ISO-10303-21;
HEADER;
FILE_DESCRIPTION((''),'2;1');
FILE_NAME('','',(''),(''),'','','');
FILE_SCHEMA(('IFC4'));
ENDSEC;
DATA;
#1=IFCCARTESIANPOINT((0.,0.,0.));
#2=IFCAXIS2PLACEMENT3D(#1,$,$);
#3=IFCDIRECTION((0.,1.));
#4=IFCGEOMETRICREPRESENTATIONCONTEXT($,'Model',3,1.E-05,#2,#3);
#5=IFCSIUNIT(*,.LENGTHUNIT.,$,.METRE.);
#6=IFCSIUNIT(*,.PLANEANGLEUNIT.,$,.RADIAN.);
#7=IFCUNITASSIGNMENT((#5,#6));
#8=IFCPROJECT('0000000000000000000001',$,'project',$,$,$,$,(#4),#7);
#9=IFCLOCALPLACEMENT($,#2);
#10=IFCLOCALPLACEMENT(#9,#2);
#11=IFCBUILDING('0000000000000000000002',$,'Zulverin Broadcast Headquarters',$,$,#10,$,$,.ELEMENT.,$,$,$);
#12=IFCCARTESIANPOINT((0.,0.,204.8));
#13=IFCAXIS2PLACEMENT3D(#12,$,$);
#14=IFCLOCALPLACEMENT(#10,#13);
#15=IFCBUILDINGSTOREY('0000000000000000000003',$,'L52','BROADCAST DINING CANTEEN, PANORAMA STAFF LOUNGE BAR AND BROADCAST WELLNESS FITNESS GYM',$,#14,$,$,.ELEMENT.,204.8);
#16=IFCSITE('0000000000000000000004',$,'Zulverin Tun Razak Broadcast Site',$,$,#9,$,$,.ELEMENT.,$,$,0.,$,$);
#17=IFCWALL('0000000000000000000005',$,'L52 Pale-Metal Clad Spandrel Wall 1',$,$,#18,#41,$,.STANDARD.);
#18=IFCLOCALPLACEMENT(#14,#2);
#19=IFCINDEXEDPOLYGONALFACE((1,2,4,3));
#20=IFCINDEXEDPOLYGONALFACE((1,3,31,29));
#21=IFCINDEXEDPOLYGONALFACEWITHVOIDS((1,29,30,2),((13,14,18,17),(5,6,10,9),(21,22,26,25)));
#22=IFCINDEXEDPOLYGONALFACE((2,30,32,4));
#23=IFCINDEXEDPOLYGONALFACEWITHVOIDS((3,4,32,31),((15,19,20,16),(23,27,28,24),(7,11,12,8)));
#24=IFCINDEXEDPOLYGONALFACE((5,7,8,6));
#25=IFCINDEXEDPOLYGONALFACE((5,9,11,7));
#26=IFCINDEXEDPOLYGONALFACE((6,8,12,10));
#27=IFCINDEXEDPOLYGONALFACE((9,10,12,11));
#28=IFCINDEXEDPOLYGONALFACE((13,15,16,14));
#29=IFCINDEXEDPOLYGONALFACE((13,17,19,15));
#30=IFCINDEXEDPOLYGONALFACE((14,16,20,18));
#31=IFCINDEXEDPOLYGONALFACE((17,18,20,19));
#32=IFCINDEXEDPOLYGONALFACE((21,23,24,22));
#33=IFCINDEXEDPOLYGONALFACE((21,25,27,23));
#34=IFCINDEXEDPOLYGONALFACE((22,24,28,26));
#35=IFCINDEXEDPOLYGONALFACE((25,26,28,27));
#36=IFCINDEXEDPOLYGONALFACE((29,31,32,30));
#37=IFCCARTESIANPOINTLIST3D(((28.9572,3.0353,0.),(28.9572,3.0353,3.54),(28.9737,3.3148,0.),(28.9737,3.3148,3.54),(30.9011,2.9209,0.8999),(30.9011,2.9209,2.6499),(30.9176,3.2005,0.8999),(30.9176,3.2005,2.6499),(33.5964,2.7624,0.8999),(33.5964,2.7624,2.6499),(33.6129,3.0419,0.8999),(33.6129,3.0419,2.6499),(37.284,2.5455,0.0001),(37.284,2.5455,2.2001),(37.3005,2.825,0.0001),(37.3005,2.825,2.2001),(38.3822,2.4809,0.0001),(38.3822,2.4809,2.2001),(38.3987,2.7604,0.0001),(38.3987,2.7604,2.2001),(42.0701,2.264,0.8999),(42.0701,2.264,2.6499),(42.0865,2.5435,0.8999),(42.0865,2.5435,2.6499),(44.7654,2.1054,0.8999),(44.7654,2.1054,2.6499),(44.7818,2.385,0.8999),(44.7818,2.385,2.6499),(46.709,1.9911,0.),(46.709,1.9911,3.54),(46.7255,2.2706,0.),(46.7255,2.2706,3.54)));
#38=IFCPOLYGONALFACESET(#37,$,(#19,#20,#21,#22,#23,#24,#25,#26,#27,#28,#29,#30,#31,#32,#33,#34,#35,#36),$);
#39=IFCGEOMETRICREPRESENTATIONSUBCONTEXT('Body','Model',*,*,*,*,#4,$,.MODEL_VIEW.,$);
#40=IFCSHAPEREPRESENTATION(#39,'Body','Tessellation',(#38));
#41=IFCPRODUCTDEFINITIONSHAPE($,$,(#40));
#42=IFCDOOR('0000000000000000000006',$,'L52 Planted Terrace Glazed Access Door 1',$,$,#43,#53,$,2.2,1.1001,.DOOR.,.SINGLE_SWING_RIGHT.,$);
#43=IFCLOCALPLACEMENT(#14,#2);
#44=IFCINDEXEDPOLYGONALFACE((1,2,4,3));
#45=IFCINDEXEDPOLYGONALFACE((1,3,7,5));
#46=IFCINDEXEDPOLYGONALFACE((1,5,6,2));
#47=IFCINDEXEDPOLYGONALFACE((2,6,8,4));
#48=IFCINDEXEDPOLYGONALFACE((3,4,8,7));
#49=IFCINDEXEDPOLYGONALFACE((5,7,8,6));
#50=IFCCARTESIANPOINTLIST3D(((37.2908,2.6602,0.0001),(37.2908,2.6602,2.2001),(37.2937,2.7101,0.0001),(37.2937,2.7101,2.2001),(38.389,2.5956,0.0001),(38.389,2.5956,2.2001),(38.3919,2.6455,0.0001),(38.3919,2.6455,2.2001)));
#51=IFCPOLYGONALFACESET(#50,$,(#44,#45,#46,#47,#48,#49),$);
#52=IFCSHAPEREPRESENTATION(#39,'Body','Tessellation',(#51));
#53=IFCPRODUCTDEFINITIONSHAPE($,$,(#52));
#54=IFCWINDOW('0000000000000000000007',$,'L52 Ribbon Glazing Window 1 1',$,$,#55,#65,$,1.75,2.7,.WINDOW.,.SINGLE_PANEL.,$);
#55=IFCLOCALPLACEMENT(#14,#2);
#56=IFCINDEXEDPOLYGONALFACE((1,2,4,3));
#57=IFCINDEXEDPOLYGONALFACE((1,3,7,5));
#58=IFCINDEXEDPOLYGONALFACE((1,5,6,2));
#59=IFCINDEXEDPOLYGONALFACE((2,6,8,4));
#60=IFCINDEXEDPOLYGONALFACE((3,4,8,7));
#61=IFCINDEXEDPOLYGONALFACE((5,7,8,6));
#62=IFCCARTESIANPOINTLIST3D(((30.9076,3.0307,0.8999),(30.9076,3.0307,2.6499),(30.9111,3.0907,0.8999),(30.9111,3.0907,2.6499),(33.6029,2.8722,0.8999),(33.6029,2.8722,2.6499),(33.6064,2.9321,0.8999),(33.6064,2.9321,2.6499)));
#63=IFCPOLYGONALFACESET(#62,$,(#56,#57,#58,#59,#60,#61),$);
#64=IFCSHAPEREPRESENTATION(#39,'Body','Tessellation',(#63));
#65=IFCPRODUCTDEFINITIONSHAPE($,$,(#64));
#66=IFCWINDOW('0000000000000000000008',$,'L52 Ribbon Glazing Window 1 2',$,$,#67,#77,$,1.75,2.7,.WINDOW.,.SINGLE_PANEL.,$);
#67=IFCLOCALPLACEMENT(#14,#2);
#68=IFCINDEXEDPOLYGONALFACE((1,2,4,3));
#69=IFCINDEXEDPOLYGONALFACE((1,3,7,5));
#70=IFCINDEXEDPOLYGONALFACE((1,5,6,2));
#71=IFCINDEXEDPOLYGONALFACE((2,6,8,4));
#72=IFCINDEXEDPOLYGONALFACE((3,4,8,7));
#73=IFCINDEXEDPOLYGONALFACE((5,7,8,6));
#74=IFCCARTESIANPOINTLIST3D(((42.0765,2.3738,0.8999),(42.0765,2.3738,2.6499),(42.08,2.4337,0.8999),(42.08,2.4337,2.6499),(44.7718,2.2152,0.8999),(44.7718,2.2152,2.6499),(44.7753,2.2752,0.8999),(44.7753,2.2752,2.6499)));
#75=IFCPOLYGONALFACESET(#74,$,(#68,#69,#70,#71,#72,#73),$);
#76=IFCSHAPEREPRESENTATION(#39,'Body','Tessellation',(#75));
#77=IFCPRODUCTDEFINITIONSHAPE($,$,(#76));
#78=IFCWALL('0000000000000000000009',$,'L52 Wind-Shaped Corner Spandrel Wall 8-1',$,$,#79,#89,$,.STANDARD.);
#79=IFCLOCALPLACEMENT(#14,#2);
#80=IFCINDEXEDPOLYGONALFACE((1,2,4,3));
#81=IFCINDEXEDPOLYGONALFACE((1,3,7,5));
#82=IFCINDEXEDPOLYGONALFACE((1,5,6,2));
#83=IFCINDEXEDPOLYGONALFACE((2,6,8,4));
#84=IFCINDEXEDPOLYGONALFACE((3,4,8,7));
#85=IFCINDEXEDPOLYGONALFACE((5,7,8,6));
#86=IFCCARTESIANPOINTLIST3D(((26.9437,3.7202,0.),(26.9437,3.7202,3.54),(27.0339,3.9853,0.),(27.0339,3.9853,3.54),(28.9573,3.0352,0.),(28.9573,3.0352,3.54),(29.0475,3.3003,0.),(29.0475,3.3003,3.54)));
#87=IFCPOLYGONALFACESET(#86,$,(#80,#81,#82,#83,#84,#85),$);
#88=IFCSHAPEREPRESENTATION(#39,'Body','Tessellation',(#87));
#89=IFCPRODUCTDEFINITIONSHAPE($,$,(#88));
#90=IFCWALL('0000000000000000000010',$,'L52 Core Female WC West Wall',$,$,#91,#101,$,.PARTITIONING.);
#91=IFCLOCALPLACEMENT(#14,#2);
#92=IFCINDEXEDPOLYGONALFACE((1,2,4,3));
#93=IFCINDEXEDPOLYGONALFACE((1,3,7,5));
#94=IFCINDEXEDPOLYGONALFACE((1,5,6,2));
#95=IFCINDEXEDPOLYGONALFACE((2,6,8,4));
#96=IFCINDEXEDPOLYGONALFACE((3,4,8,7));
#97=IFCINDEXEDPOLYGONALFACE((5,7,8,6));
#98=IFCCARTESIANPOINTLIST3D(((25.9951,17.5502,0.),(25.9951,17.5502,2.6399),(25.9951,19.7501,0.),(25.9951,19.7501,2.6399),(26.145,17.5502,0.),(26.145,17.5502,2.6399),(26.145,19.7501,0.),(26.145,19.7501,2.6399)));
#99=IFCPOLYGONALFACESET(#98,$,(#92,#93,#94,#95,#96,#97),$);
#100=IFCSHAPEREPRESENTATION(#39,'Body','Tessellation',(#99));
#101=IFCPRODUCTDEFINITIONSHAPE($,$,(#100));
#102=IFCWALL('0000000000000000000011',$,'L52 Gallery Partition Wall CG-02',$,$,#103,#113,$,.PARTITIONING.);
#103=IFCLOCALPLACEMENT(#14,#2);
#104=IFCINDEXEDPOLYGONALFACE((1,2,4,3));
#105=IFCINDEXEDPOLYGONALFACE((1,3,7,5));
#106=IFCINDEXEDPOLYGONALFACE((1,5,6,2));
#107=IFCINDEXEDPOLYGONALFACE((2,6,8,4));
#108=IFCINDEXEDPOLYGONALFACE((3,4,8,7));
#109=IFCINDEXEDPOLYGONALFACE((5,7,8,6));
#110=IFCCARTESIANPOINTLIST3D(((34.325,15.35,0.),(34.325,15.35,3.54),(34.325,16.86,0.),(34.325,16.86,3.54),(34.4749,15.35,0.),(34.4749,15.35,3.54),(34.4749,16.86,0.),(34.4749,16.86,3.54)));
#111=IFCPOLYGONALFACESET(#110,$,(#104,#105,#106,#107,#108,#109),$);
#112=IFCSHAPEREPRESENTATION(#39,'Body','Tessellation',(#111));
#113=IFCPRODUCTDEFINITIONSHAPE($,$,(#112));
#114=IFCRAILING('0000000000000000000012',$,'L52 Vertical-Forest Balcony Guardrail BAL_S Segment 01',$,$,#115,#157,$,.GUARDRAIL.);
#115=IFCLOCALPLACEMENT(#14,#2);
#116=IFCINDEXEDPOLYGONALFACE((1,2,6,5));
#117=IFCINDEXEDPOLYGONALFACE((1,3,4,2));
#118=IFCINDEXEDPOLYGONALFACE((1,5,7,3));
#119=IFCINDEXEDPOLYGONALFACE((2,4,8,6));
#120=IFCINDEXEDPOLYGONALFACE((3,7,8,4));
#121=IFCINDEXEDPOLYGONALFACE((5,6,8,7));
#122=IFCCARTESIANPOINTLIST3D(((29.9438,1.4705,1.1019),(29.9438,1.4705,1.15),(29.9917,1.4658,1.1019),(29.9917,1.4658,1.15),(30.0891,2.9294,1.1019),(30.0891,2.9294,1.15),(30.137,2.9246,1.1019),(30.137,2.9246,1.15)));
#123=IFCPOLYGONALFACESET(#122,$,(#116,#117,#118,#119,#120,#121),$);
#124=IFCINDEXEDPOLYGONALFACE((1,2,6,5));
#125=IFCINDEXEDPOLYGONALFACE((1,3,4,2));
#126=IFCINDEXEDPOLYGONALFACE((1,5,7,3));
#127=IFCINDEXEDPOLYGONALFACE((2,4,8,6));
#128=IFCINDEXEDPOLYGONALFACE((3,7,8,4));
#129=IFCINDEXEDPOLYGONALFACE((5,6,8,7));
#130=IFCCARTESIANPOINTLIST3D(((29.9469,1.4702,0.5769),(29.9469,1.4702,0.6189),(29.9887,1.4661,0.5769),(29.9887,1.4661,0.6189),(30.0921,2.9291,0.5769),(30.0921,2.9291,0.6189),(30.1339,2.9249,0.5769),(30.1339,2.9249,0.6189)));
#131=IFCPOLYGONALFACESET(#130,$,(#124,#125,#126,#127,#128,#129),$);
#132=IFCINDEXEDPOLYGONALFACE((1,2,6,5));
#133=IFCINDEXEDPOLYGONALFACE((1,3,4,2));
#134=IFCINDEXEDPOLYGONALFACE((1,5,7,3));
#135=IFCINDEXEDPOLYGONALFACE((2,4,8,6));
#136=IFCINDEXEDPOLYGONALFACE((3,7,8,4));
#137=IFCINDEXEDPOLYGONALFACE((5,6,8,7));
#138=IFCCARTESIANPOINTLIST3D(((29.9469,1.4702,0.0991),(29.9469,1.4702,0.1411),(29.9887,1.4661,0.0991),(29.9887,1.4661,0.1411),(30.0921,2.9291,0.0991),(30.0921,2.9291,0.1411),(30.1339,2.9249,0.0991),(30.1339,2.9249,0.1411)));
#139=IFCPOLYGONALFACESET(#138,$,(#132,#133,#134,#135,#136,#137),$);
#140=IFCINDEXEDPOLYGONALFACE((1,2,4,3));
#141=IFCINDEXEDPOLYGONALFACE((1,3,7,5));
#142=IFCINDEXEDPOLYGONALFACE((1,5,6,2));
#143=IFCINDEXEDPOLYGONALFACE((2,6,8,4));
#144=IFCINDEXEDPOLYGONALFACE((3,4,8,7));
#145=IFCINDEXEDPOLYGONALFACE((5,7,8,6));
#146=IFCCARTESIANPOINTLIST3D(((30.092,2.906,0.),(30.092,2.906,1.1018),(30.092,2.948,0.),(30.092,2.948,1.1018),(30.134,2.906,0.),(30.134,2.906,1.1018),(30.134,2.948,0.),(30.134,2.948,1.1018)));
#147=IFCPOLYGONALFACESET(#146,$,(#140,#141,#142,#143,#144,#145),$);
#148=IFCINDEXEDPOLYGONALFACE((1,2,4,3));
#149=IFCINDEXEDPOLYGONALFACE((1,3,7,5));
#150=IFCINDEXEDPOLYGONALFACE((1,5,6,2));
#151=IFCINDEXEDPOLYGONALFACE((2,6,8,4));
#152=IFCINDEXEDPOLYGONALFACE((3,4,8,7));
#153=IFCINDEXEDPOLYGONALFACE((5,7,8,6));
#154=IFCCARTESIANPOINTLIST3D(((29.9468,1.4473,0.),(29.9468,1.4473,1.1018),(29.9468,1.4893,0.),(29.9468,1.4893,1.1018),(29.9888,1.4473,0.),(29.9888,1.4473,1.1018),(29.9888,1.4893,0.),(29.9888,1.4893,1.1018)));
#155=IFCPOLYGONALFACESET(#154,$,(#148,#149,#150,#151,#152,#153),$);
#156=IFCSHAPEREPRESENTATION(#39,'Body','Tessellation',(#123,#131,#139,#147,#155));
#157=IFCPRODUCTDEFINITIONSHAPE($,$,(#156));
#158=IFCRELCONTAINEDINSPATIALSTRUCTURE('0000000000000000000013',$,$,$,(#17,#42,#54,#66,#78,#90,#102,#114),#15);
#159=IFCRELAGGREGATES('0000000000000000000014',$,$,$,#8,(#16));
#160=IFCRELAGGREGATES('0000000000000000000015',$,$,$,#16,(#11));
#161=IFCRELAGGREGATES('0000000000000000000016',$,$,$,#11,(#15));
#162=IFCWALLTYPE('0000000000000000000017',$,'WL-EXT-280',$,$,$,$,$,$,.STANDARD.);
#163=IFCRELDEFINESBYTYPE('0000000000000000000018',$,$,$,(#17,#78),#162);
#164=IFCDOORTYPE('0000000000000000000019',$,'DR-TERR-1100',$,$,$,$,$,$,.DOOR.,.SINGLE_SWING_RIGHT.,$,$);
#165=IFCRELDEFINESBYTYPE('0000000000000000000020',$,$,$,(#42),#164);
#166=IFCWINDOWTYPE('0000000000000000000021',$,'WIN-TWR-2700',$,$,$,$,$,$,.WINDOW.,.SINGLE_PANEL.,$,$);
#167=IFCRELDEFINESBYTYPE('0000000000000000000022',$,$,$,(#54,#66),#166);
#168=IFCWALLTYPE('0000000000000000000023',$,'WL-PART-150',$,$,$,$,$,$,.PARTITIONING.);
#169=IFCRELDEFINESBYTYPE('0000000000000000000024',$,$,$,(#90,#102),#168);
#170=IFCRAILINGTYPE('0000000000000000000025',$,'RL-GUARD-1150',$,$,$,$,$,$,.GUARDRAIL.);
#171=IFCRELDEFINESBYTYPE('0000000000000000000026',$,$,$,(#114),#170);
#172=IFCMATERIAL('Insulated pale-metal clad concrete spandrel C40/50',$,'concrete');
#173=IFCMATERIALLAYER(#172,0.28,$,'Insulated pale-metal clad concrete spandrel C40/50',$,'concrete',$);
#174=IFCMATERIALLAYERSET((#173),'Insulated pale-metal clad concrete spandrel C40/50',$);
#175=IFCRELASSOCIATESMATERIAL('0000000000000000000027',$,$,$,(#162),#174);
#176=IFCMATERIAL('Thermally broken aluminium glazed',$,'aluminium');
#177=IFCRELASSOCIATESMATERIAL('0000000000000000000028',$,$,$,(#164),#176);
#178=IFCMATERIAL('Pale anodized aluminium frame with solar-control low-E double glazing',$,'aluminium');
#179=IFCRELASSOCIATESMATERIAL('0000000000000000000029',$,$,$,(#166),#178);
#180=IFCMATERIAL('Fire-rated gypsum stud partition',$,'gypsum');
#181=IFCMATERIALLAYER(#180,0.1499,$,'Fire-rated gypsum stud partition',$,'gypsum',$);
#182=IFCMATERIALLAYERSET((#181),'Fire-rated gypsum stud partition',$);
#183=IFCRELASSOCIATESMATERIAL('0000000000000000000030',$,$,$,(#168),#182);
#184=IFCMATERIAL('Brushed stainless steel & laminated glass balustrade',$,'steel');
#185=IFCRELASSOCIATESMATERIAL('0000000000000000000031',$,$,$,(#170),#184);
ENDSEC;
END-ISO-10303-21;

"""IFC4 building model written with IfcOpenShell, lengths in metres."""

from ifc_helpers import new_model, si_unit, direction, frame, frame_2d, origin, origin_2d, place, context, subcontext, project, spatial, rectangle, extrude, material, layer, layer_set, type_object, element, fill, save


model = new_model("IFC4")

# Units and contexts
model_context = context("Model", 3, precision=1e-05, world=origin(), true_north=direction((0.0, 1.0)))
body_context = subcontext(model_context, "Body", "Model", "MODEL_VIEW")
ifc_project = project(units=[si_unit("LENGTHUNIT", "METRE"), si_unit("PLANEANGLEUNIT", "RADIAN")], contexts=[model_context])

# Site, building, storey
site_placement = place(None, origin())
site = spatial("IfcSite", under=ifc_project, at=site_placement, Name="Zulverin Tun Razak Broadcast Site", CompositionType="ELEMENT", RefElevation=0.0)
building_placement = place(site_placement, origin())
building = spatial("IfcBuilding", under=site, at=building_placement, Name="Zulverin Broadcast Headquarters", CompositionType="ELEMENT")
storey_placement = place(building_placement, frame((0.0, 0.0, 204.8)))
storey = spatial("IfcBuildingStorey", under=building, at=storey_placement, Name="L52", Description="BROADCAST DINING CANTEEN, PANORAMA STAFF LOUNGE BAR AND BROADCAST WELLNESS FITNESS GYM", CompositionType="ELEMENT", Elevation=204.8)

# Wall, openings, door, windows
ifc_material_1 = material(Name="Insulated pale-metal clad concrete spandrel C40/50", Category="concrete")
ifc_layer_1 = layer(ifc_material_1, 0.28, Name="Insulated pale-metal clad concrete spandrel C40/50", Category="concrete")
ifc_layer_set_1 = layer_set([ifc_layer_1], Name="Insulated pale-metal clad concrete spandrel C40/50")
wall_type_1 = type_object("IfcWallType", Name="WL-EXT-280", PredefinedType="STANDARD", material=ifc_layer_set_1)
wall_1_placement = place(storey_placement, frame((28.9656, 3.175, 0.0), z_axis=(0.0, 0.0, 1.0), x_axis=(0.998274, -0.05872, 0.0)))
wall_1 = element("IfcWall", 1, at=wall_1_placement, inside=storey, type_object=wall_type_1, Name="L52 Pale-Metal Clad Spandrel Wall 1", PredefinedType="STANDARD", context=body_context, shape_type="SweptSolid", body=[
    extrude(rectangle(XDim=17.7825, YDim=0.28, at=frame_2d((8.8911, 0.0))), origin(), (0.0, 0.0, 1.0), 3.54),
])
opening_1_placement = place(wall_1_placement, frame((8.3411, 0.0, 0.0)))
opening_1 = element("IfcOpeningElement", 2, at=opening_1_placement, cuts=wall_1, PredefinedType="OPENING", context=body_context, shape_type="SweptSolid", body=[
    extrude(rectangle(XDim=1.1001, YDim=2.2, at=frame_2d((0.55, 1.1001))), frame((0.0, 0.1499, 0.0), z_axis=(0.0, -1.0, 0.0), x_axis=(1.0, 0.0, 0.0)), (0.0, 0.0, 1.0), 0.3),
])
opening_2_placement = place(wall_1_placement, frame((1.947, 0.0, 0.8999)))
opening_2 = element("IfcOpeningElement", 3, at=opening_2_placement, cuts=wall_1, PredefinedType="OPENING", context=body_context, shape_type="SweptSolid", body=[
    extrude(rectangle(XDim=2.7, YDim=1.75, at=frame_2d((1.3501, 0.875))), frame((0.0, 0.1499, 0.0), z_axis=(0.0, -1.0, 0.0), x_axis=(1.0, 0.0, 0.0)), (0.0, 0.0, 1.0), 0.3),
])
opening_3_placement = place(wall_1_placement, frame((13.1353, 0.0, 0.8999)))
opening_3 = element("IfcOpeningElement", 4, at=opening_3_placement, cuts=wall_1, PredefinedType="OPENING", context=body_context, shape_type="SweptSolid", body=[
    extrude(rectangle(XDim=2.7, YDim=1.75, at=frame_2d((1.3501, 0.875))), frame((0.0, 0.1499, 0.0), z_axis=(0.0, -1.0, 0.0), x_axis=(1.0, 0.0, 0.0)), (0.0, 0.0, 1.0), 0.3),
])
ifc_material_2 = material(Name="Thermally broken aluminium glazed", Category="aluminium")
door_type = type_object("IfcDoorType", Name="DR-TERR-1100", OperationType="SINGLE_SWING_RIGHT", PredefinedType="DOOR", material=ifc_material_2)
door_placement = place(opening_1_placement, origin())
door = element("IfcDoor", 5, at=door_placement, inside=storey, type_object=door_type, Name="L52 Planted Terrace Glazed Access Door 1", OperationType="SINGLE_SWING_RIGHT", OverallHeight=2.2, OverallWidth=1.1001, PredefinedType="DOOR", context=body_context, shape_type="SweptSolid", body=[
    extrude(rectangle(XDim=1.1001, YDim=2.2, at=frame_2d((0.55, 1.1001))), frame((0.0, 0.0249, 0.0), z_axis=(0.0, -1.0, 0.0), x_axis=(1.0, 0.0, 0.0)), (0.0, 0.0, 1.0), 0.05),
])
fill(opening_1, door)
ifc_material_3 = material(Name="Pale anodized aluminium frame with solar-control low-E double glazing", Category="aluminium")
window_type = type_object("IfcWindowType", Name="WIN-TWR-2700", PartitioningType="SINGLE_PANEL", PredefinedType="WINDOW", material=ifc_material_3)
window_1_placement = place(opening_2_placement, origin())
window_1 = element("IfcWindow", 6, at=window_1_placement, inside=storey, type_object=window_type, Name="L52 Ribbon Glazing Window 1 1", OverallHeight=1.75, OverallWidth=2.7, PartitioningType="SINGLE_PANEL", PredefinedType="WINDOW", context=body_context, shape_type="SweptSolid", body=[
    extrude(rectangle(XDim=2.7, YDim=1.75, at=frame_2d((1.3501, 0.875))), frame((0.0, 0.03, 0.0), z_axis=(0.0, -1.0, 0.0), x_axis=(1.0, 0.0, 0.0)), (0.0, 0.0, 1.0), 0.0601),
])
fill(opening_2, window_1)
window_2_placement = place(opening_3_placement, origin())
window_2 = element("IfcWindow", 7, at=window_2_placement, inside=storey, type_object=window_type, Name="L52 Ribbon Glazing Window 1 2", OverallHeight=1.75, OverallWidth=2.7, PartitioningType="SINGLE_PANEL", PredefinedType="WINDOW", context=body_context, shape_type="SweptSolid", body=[
    extrude(rectangle(XDim=2.7, YDim=1.75, at=frame_2d((1.3501, 0.875))), frame((0.0, 0.03, 0.0), z_axis=(0.0, -1.0, 0.0), x_axis=(1.0, 0.0, 0.0)), (0.0, 0.0, 1.0), 0.0601),
])
fill(opening_3, window_2)

# Walls
wall_2_placement = place(storey_placement, frame((26.9888, 3.8528, 0.0), z_axis=(0.0, 0.0, 1.0), x_axis=(0.946714, -0.322076, 0.0)))
element("IfcWall", 8, at=wall_2_placement, inside=storey, type_object=wall_type_1, Name="L52 Wind-Shaped Corner Spandrel Wall 8-1", PredefinedType="STANDARD", context=body_context, shape_type="SweptSolid", body=[
    extrude(rectangle(XDim=2.127, YDim=0.28, at=frame_2d((1.0635, 0.0))), origin(), (0.0, 0.0, 1.0), 3.54),
])
ifc_material_4 = material(Name="Fire-rated gypsum stud partition", Category="gypsum")
ifc_layer_2 = layer(ifc_material_4, 0.1499, Name="Fire-rated gypsum stud partition", Category="gypsum")
ifc_layer_set_2 = layer_set([ifc_layer_2], Name="Fire-rated gypsum stud partition")
wall_type_2 = type_object("IfcWallType", Name="WL-PART-150", PredefinedType="PARTITIONING", material=ifc_layer_set_2)
wall_3_placement = place(storey_placement, frame((26.0701, 17.55, 0.0), z_axis=(0.0, 0.0, 1.0), x_axis=(0.0, 1.0, 0.0)))
element("IfcWall", 9, at=wall_3_placement, inside=storey, type_object=wall_type_2, Name="L52 Core Female WC West Wall", PredefinedType="PARTITIONING", context=body_context, shape_type="SweptSolid", body=[
    extrude(rectangle(XDim=2.2, YDim=0.1499, at=frame_2d((1.1001, 0.0))), origin(), (0.0, 0.0, 1.0), 2.6399),
])
wall_4_placement = place(storey_placement, frame((34.3999, 15.3501, 0.0), z_axis=(0.0, 0.0, 1.0), x_axis=(0.0, 1.0, 0.0)))
element("IfcWall", 10, at=wall_4_placement, inside=storey, type_object=wall_type_2, Name="L52 Gallery Partition Wall CG-02", PredefinedType="PARTITIONING", context=body_context, shape_type="SweptSolid", body=[
    extrude(rectangle(XDim=1.51, YDim=0.1499, at=frame_2d((0.7549, 0.0))), origin(), (0.0, 0.0, 1.0), 3.54),
])

# Railing
ifc_material_5 = material(Name="Brushed stainless steel & laminated glass balustrade", Category="steel")
railing_type = type_object("IfcRailingType", Name="RL-GUARD-1150", PredefinedType="GUARDRAIL", material=ifc_material_5)
railing_1_placement = place(storey_placement, frame((30.113, 2.927, 0.0)))
element("IfcRailing", 11, at=railing_1_placement, inside=storey, type_object=railing_type, Name="L52 Vertical-Forest Balcony Guardrail BAL_S Segment 01", PredefinedType="GUARDRAIL", context=body_context, shape_type="SweptSolid", body=[
    extrude(rectangle(XDim=0.0481, YDim=0.0481, at=origin_2d()), frame((0.0, 0.0, 1.126), z_axis=(-0.099091, -0.995078, 0.0), x_axis=(0.995078, -0.099091, 0.0)), (0.0, 0.0, 1.0), 1.4661),
    extrude(rectangle(XDim=0.042, YDim=0.042, at=origin_2d()), frame((0.0, 0.0, 0.5979), z_axis=(-0.099091, -0.995078, 0.0), x_axis=(0.995078, -0.099091, 0.0)), (0.0, 0.0, 1.0), 1.4661),
    extrude(rectangle(XDim=0.042, YDim=0.042, at=origin_2d()), frame((0.0, 0.0, 0.1201), z_axis=(-0.099091, -0.995078, 0.0), x_axis=(0.995078, -0.099091, 0.0)), (0.0, 0.0, 1.0), 1.4661),
    extrude(rectangle(XDim=0.042, YDim=0.042, at=origin_2d()), origin(), (0.0, 0.0, 1.0), 1.1018),
    extrude(rectangle(XDim=0.042, YDim=0.042, at=origin_2d()), frame((-0.1453, -1.4587, 0.0)), (0.0, 0.0, 1.0), 1.1018),
])

save(model, "model.ifc")
